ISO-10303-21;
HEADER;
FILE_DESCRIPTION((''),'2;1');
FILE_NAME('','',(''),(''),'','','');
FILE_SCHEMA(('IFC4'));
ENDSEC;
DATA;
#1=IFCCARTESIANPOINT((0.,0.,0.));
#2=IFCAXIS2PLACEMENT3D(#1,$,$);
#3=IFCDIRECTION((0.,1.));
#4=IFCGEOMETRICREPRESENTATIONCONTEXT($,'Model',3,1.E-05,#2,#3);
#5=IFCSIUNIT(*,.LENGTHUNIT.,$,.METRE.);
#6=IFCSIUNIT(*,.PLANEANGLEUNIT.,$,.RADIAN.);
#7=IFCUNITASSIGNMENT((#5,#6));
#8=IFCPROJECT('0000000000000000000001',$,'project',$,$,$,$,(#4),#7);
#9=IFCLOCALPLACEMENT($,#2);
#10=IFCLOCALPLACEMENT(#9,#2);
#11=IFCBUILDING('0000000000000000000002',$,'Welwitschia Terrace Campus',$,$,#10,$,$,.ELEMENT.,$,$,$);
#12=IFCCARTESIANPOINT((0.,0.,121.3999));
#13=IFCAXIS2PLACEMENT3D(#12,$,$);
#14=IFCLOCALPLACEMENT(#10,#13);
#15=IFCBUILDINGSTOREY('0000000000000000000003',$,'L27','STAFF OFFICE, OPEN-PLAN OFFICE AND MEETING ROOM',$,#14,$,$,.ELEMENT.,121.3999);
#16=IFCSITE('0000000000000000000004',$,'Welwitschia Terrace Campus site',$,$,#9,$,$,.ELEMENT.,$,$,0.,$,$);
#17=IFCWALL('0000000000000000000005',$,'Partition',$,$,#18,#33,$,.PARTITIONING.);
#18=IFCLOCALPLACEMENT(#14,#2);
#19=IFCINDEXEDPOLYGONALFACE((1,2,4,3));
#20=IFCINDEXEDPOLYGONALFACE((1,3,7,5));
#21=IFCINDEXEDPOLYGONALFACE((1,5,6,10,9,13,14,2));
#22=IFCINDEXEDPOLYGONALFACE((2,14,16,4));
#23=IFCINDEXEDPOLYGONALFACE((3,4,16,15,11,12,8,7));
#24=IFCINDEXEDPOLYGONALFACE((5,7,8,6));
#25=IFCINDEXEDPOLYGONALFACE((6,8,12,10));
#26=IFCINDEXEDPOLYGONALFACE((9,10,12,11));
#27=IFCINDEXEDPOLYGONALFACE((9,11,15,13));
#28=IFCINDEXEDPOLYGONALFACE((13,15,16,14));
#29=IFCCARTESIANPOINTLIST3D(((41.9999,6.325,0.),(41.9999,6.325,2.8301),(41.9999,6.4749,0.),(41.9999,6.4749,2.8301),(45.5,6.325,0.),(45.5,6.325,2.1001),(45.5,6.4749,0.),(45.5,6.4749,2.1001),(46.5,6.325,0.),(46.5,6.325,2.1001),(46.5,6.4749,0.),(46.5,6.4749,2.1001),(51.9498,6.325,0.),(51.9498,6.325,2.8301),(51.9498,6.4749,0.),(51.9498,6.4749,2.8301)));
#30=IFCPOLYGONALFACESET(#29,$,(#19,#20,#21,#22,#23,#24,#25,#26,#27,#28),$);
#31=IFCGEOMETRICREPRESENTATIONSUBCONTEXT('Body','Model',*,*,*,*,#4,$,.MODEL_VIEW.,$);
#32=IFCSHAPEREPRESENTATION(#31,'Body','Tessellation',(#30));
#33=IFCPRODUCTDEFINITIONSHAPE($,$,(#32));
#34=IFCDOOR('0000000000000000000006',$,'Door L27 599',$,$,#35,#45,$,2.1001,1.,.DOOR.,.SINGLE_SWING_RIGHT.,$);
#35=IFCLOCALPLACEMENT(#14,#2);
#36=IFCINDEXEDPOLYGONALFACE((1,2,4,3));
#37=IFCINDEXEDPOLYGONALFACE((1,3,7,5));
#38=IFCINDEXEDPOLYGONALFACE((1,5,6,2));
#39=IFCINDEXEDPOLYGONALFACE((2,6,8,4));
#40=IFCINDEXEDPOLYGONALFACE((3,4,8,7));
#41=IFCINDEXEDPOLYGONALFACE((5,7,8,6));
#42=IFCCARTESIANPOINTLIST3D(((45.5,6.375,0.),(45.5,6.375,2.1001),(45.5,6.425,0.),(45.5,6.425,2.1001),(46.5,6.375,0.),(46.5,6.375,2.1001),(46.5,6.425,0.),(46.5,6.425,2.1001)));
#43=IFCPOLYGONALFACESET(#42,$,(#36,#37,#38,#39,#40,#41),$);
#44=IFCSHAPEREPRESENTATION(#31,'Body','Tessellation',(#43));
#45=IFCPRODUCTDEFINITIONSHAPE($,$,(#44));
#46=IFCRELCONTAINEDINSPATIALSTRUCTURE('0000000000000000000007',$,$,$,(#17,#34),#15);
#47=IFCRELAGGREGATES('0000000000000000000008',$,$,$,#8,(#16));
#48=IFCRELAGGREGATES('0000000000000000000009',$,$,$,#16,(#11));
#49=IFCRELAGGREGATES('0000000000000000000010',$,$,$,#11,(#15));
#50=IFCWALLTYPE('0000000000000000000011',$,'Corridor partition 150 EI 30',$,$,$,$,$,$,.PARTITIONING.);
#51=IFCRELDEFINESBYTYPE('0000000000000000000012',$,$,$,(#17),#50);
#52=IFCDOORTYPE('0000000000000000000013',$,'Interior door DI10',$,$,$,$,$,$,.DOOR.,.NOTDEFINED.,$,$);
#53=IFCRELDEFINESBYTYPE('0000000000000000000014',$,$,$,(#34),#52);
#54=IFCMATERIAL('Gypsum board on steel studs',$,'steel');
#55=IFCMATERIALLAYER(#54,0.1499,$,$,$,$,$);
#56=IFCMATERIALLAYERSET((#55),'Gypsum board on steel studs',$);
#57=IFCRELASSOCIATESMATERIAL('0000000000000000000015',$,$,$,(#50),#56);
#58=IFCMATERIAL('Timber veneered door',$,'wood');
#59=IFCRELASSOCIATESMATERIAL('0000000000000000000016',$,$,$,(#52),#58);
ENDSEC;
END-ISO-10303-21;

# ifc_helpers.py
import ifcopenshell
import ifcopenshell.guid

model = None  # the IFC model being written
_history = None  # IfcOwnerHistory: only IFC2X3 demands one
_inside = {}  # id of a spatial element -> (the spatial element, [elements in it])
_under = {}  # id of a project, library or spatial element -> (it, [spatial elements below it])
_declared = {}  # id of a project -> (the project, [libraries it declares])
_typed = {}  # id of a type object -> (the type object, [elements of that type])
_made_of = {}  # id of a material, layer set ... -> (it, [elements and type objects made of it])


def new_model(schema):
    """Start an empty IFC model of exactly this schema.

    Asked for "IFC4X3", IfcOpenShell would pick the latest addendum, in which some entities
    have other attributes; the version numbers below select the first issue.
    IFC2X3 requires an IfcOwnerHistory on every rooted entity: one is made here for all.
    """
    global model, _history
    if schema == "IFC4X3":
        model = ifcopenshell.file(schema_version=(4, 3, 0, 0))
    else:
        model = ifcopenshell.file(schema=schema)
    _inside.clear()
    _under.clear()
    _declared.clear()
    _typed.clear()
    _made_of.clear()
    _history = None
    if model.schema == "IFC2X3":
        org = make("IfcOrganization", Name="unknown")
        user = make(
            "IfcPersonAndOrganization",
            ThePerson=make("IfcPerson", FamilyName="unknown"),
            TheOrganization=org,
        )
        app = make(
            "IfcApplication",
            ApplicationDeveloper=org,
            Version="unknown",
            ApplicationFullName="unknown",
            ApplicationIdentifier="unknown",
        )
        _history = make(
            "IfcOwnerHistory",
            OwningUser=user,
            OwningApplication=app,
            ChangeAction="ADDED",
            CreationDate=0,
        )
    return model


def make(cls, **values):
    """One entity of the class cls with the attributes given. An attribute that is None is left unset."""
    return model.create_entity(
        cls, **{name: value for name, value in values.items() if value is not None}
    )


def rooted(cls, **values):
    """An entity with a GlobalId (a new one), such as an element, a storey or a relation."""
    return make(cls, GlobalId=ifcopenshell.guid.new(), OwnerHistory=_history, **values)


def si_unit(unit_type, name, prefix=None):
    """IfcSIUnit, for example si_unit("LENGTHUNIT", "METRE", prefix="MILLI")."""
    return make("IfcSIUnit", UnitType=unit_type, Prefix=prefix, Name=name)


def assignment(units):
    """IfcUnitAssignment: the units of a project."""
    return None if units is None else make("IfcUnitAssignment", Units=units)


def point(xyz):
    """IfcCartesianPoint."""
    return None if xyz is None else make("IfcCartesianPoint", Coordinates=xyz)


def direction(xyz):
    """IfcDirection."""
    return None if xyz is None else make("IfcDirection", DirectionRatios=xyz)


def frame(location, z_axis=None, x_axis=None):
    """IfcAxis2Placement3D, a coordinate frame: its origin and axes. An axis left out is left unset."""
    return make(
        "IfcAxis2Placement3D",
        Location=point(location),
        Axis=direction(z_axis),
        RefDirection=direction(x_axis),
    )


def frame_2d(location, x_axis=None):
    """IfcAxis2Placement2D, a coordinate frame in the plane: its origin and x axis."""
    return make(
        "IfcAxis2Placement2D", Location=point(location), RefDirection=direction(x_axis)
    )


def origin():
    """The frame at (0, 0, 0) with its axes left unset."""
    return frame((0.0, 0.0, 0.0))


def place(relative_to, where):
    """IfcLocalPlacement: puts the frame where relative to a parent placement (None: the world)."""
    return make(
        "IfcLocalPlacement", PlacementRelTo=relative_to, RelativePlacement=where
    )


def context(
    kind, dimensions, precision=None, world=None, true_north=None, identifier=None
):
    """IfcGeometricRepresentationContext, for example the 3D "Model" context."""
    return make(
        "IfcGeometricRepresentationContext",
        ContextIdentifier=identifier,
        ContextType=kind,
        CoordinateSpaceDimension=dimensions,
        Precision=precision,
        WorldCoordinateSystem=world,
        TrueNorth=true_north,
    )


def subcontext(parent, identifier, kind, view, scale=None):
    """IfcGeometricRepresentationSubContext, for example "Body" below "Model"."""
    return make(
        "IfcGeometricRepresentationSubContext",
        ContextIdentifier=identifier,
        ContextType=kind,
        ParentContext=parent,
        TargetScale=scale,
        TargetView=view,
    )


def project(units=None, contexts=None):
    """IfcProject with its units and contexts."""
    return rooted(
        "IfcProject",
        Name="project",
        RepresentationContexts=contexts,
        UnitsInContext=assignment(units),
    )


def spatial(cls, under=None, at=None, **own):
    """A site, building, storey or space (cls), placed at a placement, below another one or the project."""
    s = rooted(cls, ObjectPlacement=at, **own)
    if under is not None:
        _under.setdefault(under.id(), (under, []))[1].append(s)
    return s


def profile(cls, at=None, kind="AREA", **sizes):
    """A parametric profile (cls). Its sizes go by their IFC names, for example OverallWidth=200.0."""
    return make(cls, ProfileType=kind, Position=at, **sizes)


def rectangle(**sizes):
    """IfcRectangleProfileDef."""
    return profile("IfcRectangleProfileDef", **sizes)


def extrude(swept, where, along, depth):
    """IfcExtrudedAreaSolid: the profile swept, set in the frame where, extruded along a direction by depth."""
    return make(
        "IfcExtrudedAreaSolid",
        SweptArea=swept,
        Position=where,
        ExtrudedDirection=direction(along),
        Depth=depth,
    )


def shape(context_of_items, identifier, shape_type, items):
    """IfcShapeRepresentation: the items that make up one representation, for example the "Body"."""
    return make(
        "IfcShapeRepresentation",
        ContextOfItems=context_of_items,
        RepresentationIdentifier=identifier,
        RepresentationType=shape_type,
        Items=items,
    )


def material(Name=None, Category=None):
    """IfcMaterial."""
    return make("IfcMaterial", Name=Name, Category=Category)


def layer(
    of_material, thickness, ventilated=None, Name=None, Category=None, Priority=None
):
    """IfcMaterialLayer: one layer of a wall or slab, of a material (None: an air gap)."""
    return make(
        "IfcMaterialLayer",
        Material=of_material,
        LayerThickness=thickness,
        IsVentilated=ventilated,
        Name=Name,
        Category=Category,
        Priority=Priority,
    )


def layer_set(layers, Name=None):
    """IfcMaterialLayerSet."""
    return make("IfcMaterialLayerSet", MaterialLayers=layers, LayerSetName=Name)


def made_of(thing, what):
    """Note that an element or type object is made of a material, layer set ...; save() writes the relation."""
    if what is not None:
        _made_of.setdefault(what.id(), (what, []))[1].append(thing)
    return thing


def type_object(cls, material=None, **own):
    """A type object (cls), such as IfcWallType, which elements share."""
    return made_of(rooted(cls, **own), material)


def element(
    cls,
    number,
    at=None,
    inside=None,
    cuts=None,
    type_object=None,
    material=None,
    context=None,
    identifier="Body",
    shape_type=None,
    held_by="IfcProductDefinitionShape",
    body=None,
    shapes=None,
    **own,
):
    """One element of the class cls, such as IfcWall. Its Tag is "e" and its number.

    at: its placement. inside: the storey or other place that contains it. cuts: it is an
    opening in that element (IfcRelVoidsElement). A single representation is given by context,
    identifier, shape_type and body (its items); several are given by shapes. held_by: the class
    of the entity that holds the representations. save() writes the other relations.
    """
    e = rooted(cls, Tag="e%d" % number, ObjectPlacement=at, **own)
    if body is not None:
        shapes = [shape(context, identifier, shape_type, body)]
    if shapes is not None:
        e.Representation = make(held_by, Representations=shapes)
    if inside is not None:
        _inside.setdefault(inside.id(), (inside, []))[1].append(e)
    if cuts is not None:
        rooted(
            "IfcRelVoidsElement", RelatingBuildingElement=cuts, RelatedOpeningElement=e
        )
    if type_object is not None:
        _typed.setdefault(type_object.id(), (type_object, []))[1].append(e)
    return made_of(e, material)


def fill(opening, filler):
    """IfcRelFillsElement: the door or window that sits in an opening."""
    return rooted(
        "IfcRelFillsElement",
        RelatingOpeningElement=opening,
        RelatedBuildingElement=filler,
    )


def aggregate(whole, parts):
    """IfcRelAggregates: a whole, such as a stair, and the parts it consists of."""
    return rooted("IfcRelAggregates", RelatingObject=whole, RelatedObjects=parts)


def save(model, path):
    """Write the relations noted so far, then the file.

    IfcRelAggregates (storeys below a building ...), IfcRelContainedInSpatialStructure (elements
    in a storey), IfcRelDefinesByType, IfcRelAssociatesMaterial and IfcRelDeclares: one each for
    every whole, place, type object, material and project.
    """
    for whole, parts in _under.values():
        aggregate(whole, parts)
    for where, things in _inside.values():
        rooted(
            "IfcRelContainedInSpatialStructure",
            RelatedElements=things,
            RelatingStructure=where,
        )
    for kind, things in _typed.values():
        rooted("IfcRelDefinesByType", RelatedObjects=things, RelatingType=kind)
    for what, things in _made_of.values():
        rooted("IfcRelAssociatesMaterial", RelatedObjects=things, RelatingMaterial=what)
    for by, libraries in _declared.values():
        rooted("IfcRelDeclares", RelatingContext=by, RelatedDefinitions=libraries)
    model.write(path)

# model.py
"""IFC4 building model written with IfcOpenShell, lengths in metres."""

from ifc_helpers import new_model, si_unit, direction, frame, frame_2d, origin, place, context, subcontext, project, spatial, rectangle, extrude, material, layer, layer_set, type_object, element, fill, save


model = new_model("IFC4")

# Units and contexts
model_context = context("Model", 3, precision=1e-05, world=origin(), true_north=direction((0.0, 1.0)))
body_context = subcontext(model_context, "Body", "Model", "MODEL_VIEW")
ifc_project = project(units=[si_unit("LENGTHUNIT", "METRE"), si_unit("PLANEANGLEUNIT", "RADIAN")], contexts=[model_context])

# Site, building, storey
site_placement = place(None, origin())
site = spatial("IfcSite", under=ifc_project, at=site_placement, Name="Welwitschia Terrace Campus site", CompositionType="ELEMENT", RefElevation=0.0)
building_placement = place(site_placement, origin())
building = spatial("IfcBuilding", under=site, at=building_placement, Name="Welwitschia Terrace Campus", CompositionType="ELEMENT")
storey_placement = place(building_placement, frame((0.0, 0.0, 121.3999)))
storey = spatial("IfcBuildingStorey", under=building, at=storey_placement, Name="L27", Description="STAFF OFFICE, OPEN-PLAN OFFICE AND MEETING ROOM", CompositionType="ELEMENT", Elevation=121.3999)

# Shared definitions
ifc_material_1 = material(Name="Gypsum board on steel studs", Category="steel")
ifc_layer_1 = layer(ifc_material_1, 0.1499)
ifc_layer_set_1 = layer_set([ifc_layer_1], Name="Gypsum board on steel studs")
wall_type = type_object("IfcWallType", Name="Corridor partition 150 EI 30", PredefinedType="PARTITIONING", material=ifc_layer_set_1)

# Shared definitions
ifc_material_2 = material(Name="Timber veneered door", Category="wood")
door_type_1 = type_object("IfcDoorType", Name="Interior door DI10", OperationType="NOTDEFINED", PredefinedType="DOOR", material=ifc_material_2)

# Wall, opening, door
wall_1_placement = place(storey_placement, frame((51.95, 6.3999, 0.0), z_axis=(0.0, 0.0, 1.0), x_axis=(-1.0, 0.0, 0.0)))
wall_1 = element("IfcWall", 1, at=wall_1_placement, inside=storey, type_object=wall_type, Name="Partition", PredefinedType="PARTITIONING", context=body_context, shape_type="SweptSolid", body=[
    extrude(rectangle(XDim=9.95, YDim=0.1499, at=frame_2d((4.9751, 0.0))), origin(), (0.0, 0.0, 1.0), 2.8301),
])
opening_1_placement = place(wall_1_placement, frame((5.45, 0.0, 0.0)))
opening_1 = element("IfcOpeningElement", 2, at=opening_1_placement, cuts=wall_1, PredefinedType="OPENING", context=body_context, shape_type="SweptSolid", body=[
    extrude(rectangle(XDim=1.0, YDim=2.1001, at=frame_2d((0.5, 1.05))), frame((0.0, 0.085, 0.0), z_axis=(0.0, -1.0, 0.0), x_axis=(1.0, 0.0, 0.0)), (0.0, 0.0, 1.0), 0.1699),
])
door_1_placement = place(opening_1_placement, origin())
door_1 = element("IfcDoor", 3, at=door_1_placement, inside=storey, type_object=door_type_1, Name="Door L27 599", OperationType="SINGLE_SWING_RIGHT", OverallHeight=2.1001, OverallWidth=1.0, PredefinedType="DOOR", context=body_context, shape_type="SweptSolid", body=[
    extrude(rectangle(XDim=1.0, YDim=2.1001, at=frame_2d((0.5, 1.05))), frame((0.0, 0.0249, 0.0), z_axis=(0.0, -1.0, 0.0), x_axis=(1.0, 0.0, 0.0)), (0.0, 0.0, 1.0), 0.05),
])
fill(opening_1, door_1)

save(model, "model.ifc")
